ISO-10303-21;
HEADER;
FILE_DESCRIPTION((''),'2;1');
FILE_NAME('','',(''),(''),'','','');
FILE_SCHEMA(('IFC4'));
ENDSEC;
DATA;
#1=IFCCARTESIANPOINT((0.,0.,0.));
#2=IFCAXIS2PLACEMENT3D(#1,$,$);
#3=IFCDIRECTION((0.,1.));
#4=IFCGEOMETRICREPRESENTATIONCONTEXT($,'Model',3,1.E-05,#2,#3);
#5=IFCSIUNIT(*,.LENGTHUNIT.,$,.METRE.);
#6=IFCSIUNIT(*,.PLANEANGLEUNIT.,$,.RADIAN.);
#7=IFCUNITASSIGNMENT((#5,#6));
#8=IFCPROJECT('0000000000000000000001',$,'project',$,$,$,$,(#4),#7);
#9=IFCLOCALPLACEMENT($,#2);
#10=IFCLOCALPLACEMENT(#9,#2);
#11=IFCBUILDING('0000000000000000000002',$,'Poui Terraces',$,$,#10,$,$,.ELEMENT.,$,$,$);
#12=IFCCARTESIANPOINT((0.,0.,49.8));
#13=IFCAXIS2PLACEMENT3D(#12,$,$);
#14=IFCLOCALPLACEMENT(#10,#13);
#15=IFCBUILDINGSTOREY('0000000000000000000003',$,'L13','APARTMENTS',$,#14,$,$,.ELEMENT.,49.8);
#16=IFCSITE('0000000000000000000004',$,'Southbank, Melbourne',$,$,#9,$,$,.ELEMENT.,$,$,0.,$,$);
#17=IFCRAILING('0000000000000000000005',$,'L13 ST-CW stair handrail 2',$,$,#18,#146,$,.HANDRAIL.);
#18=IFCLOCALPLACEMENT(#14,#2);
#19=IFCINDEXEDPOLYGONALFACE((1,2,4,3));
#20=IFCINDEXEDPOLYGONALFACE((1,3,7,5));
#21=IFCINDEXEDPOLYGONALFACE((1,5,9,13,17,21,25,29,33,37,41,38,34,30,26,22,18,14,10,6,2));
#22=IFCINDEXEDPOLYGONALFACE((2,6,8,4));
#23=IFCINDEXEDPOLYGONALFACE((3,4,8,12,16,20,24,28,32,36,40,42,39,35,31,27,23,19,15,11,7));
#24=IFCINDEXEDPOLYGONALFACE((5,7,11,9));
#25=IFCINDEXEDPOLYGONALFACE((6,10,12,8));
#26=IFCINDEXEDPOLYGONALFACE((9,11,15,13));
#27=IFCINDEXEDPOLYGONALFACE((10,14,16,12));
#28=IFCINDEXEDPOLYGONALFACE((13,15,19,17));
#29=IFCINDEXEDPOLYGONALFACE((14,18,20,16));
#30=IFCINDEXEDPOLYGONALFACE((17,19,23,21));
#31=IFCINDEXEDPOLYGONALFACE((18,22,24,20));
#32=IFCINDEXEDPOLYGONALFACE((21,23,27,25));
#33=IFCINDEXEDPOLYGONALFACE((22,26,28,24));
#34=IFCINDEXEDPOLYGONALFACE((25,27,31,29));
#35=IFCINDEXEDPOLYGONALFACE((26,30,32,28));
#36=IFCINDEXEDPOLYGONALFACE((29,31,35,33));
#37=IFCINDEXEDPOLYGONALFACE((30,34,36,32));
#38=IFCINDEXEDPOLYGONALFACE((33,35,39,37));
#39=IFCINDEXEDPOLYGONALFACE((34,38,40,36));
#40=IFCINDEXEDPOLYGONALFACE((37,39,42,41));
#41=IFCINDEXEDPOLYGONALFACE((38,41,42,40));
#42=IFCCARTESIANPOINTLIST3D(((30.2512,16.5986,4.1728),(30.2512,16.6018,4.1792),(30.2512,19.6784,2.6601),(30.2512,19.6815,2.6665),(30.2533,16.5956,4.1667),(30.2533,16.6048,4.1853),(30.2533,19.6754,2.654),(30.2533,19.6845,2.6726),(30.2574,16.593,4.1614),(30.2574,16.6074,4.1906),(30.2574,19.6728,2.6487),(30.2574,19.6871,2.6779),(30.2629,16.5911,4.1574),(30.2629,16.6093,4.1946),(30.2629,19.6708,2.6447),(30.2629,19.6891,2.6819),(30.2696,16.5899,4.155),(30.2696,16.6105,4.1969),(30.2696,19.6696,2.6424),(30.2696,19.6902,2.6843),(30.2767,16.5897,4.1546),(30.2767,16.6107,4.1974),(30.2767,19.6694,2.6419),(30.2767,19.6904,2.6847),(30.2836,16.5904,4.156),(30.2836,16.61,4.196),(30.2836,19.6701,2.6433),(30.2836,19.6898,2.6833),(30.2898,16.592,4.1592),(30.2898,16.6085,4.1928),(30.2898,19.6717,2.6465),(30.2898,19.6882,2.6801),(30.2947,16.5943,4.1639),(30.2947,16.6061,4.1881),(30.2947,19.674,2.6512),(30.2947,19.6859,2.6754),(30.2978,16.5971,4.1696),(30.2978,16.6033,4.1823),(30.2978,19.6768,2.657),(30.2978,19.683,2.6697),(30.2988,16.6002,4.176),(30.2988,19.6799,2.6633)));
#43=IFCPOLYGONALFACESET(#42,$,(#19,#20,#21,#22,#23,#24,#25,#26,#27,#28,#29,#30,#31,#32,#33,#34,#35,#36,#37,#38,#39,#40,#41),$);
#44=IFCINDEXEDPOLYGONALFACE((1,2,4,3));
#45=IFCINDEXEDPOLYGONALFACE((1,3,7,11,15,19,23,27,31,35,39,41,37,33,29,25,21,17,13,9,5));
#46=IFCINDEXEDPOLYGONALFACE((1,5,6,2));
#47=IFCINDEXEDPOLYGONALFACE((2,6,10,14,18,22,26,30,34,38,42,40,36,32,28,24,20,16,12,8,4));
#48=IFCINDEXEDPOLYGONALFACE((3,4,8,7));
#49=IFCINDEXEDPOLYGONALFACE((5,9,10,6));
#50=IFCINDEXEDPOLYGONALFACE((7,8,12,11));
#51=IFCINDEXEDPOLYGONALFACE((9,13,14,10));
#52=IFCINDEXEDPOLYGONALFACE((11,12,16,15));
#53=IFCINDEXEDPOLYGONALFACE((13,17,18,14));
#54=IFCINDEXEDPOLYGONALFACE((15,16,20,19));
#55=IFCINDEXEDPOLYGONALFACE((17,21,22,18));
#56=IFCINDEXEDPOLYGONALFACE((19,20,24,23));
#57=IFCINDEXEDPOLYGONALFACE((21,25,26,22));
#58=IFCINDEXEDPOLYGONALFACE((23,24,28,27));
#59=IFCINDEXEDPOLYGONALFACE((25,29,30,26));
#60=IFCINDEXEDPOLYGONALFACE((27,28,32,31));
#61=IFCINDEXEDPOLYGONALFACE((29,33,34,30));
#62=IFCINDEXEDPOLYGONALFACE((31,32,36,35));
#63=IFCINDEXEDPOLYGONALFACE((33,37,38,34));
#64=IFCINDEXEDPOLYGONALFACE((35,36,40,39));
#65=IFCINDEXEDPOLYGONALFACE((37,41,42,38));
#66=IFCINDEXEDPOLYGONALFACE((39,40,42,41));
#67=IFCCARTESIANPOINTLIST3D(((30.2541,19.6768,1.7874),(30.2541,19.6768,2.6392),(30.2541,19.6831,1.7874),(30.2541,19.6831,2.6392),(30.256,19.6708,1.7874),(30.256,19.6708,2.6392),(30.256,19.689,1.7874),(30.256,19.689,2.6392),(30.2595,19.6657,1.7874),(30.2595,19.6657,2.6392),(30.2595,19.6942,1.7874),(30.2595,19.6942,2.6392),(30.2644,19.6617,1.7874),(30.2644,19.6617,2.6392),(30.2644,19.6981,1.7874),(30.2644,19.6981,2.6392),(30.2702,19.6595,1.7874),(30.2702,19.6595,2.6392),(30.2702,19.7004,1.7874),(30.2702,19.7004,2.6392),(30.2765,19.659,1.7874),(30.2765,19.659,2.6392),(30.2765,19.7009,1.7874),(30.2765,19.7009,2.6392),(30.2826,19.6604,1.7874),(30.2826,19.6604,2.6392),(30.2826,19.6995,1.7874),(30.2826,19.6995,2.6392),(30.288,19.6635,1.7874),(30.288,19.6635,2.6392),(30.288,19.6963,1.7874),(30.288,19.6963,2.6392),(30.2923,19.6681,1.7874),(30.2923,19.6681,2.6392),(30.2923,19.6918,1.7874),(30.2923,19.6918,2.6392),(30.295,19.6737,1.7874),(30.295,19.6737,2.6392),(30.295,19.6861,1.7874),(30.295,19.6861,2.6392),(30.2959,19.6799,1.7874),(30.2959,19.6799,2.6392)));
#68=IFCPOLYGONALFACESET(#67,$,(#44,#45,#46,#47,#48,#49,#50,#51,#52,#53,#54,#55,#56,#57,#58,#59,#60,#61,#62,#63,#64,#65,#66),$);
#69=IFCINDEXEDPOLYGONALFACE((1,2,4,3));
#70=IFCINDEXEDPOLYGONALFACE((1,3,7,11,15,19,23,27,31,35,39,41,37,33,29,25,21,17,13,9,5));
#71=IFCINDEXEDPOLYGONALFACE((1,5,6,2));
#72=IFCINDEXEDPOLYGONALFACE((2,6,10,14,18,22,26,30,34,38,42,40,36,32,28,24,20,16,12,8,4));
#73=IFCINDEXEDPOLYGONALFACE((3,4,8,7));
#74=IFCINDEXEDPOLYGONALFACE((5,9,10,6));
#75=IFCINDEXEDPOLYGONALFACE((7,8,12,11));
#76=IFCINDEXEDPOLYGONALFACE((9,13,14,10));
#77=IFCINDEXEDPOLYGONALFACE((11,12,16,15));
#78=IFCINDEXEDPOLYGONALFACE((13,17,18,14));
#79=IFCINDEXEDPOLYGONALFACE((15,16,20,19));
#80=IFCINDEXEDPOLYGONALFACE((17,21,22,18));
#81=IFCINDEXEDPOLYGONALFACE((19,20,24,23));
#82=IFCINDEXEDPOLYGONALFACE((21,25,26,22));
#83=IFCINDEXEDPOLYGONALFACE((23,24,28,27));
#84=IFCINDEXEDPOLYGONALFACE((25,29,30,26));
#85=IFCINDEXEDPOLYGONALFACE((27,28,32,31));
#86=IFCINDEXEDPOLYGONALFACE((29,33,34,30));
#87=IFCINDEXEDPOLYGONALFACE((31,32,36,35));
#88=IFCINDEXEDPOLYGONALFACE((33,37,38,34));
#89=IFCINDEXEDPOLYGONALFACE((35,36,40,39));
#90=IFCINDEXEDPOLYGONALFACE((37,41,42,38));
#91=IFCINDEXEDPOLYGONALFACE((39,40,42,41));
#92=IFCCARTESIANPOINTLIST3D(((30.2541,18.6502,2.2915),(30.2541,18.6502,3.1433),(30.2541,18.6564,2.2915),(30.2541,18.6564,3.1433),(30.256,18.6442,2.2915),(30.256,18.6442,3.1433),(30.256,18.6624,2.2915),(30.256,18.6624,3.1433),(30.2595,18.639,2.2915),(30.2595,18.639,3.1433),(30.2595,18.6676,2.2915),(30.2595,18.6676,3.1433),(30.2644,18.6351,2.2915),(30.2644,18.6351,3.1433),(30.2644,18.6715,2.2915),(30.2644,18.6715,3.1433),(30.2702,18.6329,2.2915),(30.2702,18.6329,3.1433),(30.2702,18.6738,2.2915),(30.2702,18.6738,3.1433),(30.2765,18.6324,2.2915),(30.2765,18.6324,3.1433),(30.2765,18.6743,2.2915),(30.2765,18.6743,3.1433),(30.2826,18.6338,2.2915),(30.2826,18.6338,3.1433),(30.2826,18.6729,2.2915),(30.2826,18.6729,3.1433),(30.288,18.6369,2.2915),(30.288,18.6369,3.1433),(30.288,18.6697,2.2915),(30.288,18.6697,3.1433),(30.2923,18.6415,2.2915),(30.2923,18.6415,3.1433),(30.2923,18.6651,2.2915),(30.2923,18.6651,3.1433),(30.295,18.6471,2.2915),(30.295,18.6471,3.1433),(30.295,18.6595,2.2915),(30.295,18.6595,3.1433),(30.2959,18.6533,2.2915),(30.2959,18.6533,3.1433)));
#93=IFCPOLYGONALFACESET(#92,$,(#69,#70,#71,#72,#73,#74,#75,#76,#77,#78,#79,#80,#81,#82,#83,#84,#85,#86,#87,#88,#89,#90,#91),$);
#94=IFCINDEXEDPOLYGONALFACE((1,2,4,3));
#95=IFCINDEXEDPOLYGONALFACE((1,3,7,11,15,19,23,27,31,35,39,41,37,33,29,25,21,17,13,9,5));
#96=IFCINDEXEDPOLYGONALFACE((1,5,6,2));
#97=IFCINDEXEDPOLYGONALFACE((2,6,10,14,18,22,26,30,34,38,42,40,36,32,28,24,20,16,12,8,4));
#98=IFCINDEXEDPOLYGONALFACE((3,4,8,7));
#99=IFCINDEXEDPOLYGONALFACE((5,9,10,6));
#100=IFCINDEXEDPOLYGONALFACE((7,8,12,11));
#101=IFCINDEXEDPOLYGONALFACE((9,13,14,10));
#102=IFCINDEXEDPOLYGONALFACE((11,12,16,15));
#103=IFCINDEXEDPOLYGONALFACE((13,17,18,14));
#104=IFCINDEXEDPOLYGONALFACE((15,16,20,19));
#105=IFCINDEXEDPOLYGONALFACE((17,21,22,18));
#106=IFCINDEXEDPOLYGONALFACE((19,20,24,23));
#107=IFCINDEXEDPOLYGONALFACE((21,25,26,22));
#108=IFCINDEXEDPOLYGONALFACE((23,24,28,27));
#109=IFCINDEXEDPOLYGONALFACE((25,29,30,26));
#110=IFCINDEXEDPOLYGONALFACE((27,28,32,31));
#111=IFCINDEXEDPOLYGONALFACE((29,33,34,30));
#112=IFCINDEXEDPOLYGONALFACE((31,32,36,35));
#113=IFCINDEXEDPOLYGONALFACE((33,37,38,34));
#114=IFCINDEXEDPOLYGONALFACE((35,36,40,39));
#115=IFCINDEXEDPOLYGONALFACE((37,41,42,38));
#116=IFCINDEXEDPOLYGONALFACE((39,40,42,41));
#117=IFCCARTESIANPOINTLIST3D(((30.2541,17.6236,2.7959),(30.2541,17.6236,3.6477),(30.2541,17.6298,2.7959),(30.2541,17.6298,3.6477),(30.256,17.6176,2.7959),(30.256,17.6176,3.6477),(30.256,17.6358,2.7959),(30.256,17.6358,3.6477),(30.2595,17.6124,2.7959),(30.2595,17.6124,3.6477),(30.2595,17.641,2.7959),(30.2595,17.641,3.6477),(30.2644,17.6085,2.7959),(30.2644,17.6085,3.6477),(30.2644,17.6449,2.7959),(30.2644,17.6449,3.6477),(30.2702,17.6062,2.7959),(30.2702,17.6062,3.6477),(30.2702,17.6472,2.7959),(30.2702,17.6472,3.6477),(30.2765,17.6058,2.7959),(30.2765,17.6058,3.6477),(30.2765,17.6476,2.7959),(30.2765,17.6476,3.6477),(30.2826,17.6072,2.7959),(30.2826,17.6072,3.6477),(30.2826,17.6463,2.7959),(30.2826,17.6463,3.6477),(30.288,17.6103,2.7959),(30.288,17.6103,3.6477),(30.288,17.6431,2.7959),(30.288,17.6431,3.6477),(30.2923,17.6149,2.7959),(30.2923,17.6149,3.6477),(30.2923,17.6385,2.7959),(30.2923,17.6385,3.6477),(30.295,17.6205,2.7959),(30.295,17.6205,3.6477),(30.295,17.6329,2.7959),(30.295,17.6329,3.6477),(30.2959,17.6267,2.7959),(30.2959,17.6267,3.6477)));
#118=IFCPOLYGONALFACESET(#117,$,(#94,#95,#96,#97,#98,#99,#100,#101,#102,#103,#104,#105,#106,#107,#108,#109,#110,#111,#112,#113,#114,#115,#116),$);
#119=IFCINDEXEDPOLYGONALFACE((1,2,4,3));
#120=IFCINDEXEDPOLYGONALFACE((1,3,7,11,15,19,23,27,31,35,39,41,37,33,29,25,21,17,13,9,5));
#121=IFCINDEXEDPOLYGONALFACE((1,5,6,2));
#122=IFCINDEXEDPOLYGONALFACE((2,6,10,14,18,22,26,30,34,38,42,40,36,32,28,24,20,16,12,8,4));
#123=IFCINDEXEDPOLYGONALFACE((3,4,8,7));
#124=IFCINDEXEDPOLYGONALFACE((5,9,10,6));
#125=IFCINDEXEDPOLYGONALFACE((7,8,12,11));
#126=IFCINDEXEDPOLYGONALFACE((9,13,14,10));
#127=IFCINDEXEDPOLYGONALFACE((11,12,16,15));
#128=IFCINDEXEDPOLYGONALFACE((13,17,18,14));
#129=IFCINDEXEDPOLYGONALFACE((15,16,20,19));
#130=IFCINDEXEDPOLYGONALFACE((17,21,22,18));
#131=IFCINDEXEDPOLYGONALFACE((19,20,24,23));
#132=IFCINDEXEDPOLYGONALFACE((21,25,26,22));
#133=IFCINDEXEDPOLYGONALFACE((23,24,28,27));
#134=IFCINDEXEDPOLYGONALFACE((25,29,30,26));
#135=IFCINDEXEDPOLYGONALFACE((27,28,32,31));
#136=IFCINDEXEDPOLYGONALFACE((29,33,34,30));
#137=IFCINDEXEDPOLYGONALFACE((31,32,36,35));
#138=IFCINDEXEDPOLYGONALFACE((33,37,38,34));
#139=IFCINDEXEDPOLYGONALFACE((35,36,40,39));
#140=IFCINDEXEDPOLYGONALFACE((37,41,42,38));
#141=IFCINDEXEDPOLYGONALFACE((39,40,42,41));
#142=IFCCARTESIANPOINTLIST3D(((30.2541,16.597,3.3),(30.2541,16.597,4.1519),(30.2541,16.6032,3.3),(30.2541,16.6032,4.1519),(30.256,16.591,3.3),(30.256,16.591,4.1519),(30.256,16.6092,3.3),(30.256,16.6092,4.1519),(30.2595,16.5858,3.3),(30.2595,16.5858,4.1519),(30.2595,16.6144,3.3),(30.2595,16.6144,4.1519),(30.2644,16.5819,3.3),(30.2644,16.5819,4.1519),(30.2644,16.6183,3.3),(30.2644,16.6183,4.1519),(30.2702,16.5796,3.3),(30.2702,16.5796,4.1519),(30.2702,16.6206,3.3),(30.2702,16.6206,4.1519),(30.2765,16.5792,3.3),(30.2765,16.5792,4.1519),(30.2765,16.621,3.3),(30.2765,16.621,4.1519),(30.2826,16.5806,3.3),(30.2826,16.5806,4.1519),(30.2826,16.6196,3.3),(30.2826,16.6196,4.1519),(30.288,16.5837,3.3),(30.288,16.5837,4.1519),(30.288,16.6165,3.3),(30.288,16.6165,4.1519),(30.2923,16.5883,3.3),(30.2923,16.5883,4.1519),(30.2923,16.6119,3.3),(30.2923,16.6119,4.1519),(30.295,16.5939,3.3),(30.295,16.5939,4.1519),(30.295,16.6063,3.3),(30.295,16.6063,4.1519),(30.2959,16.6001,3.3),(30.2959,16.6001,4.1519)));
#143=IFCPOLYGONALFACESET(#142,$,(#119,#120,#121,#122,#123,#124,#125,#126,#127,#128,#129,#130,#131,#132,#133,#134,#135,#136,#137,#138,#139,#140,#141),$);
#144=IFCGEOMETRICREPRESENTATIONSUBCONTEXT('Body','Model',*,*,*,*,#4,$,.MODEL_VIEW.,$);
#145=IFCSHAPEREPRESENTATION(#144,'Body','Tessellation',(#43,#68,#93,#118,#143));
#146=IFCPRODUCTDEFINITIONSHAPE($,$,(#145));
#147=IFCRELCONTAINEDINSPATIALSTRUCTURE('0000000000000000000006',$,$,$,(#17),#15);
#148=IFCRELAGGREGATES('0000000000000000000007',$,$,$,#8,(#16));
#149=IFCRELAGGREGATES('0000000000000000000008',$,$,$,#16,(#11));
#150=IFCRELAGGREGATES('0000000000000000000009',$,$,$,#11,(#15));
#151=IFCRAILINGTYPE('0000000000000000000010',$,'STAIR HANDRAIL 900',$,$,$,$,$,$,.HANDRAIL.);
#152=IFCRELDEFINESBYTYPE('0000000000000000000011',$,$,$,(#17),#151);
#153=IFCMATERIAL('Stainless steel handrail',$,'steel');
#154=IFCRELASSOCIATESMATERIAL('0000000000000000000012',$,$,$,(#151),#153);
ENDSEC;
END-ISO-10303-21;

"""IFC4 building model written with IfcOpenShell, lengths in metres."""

from ifc_helpers import new_model, si_unit, direction, frame, origin, origin_2d, place, context, subcontext, project, spatial, circle, extrude, material, type_object, element, save


model = new_model("IFC4")

# Units and contexts
model_context = context("Model", 3, precision=1e-05, world=origin(), true_north=direction((0.0, 1.0)))
body_context = subcontext(model_context, "Body", "Model", "MODEL_VIEW")
ifc_project = project(units=[si_unit("LENGTHUNIT", "METRE"), si_unit("PLANEANGLEUNIT", "RADIAN")], contexts=[model_context])

# Site, building, storey
site_placement = place(None, origin())
site = spatial("IfcSite", under=ifc_project, at=site_placement, Name="Southbank, Melbourne", CompositionType="ELEMENT", RefElevation=0.0)
building_placement = place(site_placement, origin())
building = spatial("IfcBuilding", under=site, at=building_placement, Name="Poui Terraces", CompositionType="ELEMENT")
storey_placement = place(building_placement, frame((0.0, 0.0, 49.8)))
storey = spatial("IfcBuildingStorey", under=building, at=storey_placement, Name="L13", Description="APARTMENTS", CompositionType="ELEMENT", Elevation=49.8)

# Railing
ifc_material_1 = material(Name="Stainless steel handrail", Category="steel")
railing_type_1 = type_object("IfcRailingType", Name="STAIR HANDRAIL 900", PredefinedType="HANDRAIL", material=ifc_material_1)
railing_1_placement = place(storey_placement, frame((30.2749, 19.6799, 1.7874)))
element("IfcRailing", 1, at=railing_1_placement, inside=storey, type_object=railing_type_1, Name="L13 ST-CW stair handrail 2", PredefinedType="HANDRAIL", context=body_context, shape_type="SweptSolid", body=[
    extrude(circle(Radius=0.0239, at=origin_2d()), frame((0.0, 0.0, 0.876), z_axis=(0.0, -0.897578, 0.440856), x_axis=(1.0, 0.0, 0.0)), (0.0, 0.0, 1.0), 3.4312),
    extrude(circle(Radius=0.021, at=origin_2d()), origin(), (0.0, 0.0, 1.0), 0.8518),
    extrude(circle(Radius=0.021, at=origin_2d()), frame((0.0, -1.0266, 0.5042)), (0.0, 0.0, 1.0), 0.8518),
    extrude(circle(Radius=0.021, at=origin_2d()), frame((0.0, -2.0532, 1.0085)), (0.0, 0.0, 1.0), 0.8518),
    extrude(circle(Radius=0.021, at=origin_2d()), frame((0.0, -3.0798, 1.5127)), (0.0, 0.0, 1.0), 0.8518),
])

save(model, "model.ifc")
